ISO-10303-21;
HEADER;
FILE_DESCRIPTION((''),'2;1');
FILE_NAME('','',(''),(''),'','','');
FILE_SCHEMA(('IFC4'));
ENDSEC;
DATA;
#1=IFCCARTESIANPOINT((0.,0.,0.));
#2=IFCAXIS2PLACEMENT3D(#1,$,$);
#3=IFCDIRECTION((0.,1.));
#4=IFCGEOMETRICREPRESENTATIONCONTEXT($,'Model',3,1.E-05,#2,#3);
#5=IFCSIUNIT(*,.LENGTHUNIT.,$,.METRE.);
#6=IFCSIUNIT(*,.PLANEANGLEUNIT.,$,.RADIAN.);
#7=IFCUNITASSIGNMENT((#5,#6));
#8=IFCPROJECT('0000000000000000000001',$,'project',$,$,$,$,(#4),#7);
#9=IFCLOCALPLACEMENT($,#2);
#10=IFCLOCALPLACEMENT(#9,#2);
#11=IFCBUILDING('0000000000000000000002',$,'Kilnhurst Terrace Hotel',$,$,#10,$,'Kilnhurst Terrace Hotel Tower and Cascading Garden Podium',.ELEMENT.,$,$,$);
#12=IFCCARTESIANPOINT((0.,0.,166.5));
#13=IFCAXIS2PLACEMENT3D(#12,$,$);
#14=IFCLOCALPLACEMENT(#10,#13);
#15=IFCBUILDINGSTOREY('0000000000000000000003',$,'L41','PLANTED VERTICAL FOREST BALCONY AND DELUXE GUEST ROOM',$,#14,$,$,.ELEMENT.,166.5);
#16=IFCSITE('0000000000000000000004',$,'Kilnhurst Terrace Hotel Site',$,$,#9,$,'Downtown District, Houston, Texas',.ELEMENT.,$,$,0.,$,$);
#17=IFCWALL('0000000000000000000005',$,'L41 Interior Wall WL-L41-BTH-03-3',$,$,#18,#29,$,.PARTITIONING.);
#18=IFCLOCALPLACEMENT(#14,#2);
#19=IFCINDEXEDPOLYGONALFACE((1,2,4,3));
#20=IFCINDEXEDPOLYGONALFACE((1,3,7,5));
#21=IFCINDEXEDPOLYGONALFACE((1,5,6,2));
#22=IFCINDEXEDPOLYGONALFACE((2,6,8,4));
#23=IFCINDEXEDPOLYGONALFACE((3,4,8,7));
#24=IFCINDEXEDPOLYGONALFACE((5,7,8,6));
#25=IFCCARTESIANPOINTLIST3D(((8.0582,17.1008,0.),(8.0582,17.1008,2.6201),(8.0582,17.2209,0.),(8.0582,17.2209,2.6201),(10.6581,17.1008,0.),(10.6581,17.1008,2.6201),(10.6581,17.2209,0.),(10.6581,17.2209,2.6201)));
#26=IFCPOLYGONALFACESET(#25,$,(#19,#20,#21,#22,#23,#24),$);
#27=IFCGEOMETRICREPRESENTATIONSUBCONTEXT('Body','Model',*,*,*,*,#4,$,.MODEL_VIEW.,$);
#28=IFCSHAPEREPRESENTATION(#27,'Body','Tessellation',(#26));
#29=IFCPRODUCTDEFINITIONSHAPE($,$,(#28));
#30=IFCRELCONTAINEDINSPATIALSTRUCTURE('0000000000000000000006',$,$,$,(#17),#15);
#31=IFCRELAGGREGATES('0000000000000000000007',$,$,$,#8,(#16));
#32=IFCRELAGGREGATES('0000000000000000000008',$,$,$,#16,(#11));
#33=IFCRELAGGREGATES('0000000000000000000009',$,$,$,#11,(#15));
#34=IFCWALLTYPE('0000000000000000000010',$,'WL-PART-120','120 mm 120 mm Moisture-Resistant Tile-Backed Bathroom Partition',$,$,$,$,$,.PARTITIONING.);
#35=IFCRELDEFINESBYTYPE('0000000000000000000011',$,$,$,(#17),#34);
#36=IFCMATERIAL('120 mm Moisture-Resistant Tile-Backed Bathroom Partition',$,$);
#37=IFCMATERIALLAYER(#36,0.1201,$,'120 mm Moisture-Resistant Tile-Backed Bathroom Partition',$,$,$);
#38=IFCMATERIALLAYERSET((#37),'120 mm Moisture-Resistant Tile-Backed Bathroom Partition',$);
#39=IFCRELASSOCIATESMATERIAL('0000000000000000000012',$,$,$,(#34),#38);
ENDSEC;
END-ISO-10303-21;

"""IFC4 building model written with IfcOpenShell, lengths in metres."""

from ifc_helpers import new_model, si_unit, direction, frame, frame_2d, origin, place, context, subcontext, project, spatial, rectangle, extrude, material, layer, layer_set, type_object, element, save


model = new_model("IFC4")

# Units and contexts
model_context = context("Model", 3, precision=1e-05, world=origin(), true_north=direction((0.0, 1.0)))
body_context = subcontext(model_context, "Body", "Model", "MODEL_VIEW")
ifc_project = project(units=[si_unit("LENGTHUNIT", "METRE"), si_unit("PLANEANGLEUNIT", "RADIAN")], contexts=[model_context])

# Site, building, storey
site_placement = place(None, origin())
site = spatial("IfcSite", under=ifc_project, at=site_placement, Name="Kilnhurst Terrace Hotel Site", LongName="Downtown District, Houston, Texas", CompositionType="ELEMENT", RefElevation=0.0)
building_placement = place(site_placement, origin())
building = spatial("IfcBuilding", under=site, at=building_placement, Name="Kilnhurst Terrace Hotel", LongName="Kilnhurst Terrace Hotel Tower and Cascading Garden Podium", CompositionType="ELEMENT")
storey_placement = place(building_placement, frame((0.0, 0.0, 166.5)))
storey = spatial("IfcBuildingStorey", under=building, at=storey_placement, Name="L41", Description="PLANTED VERTICAL FOREST BALCONY AND DELUXE GUEST ROOM", CompositionType="ELEMENT", Elevation=166.5)

# Wall
ifc_material_1 = material(Name="120 mm Moisture-Resistant Tile-Backed Bathroom Partition")
ifc_layer_1 = layer(ifc_material_1, 0.1201, Name="120 mm Moisture-Resistant Tile-Backed Bathroom Partition")
ifc_layer_set_1 = layer_set([ifc_layer_1], Name="120 mm Moisture-Resistant Tile-Backed Bathroom Partition")
wall_type_1 = type_object("IfcWallType", Name="WL-PART-120", Description="120 mm 120 mm Moisture-Resistant Tile-Backed Bathroom Partition", PredefinedType="PARTITIONING", material=ifc_layer_set_1)
wall_1_placement = place(storey_placement, frame((10.658, 17.1609, 0.0), z_axis=(0.0, 0.0, 1.0), x_axis=(-1.0, 0.0, 0.0)))
element("IfcWall", 1, at=wall_1_placement, inside=storey, type_object=wall_type_1, Name="L41 Interior Wall WL-L41-BTH-03-3", PredefinedType="PARTITIONING", context=body_context, shape_type="SweptSolid", body=[
    extrude(rectangle(XDim=2.5999, YDim=0.1201, at=frame_2d((1.2998, 0.0))), origin(), (0.0, 0.0, 1.0), 2.6201),
])

save(model, "model.ifc")
